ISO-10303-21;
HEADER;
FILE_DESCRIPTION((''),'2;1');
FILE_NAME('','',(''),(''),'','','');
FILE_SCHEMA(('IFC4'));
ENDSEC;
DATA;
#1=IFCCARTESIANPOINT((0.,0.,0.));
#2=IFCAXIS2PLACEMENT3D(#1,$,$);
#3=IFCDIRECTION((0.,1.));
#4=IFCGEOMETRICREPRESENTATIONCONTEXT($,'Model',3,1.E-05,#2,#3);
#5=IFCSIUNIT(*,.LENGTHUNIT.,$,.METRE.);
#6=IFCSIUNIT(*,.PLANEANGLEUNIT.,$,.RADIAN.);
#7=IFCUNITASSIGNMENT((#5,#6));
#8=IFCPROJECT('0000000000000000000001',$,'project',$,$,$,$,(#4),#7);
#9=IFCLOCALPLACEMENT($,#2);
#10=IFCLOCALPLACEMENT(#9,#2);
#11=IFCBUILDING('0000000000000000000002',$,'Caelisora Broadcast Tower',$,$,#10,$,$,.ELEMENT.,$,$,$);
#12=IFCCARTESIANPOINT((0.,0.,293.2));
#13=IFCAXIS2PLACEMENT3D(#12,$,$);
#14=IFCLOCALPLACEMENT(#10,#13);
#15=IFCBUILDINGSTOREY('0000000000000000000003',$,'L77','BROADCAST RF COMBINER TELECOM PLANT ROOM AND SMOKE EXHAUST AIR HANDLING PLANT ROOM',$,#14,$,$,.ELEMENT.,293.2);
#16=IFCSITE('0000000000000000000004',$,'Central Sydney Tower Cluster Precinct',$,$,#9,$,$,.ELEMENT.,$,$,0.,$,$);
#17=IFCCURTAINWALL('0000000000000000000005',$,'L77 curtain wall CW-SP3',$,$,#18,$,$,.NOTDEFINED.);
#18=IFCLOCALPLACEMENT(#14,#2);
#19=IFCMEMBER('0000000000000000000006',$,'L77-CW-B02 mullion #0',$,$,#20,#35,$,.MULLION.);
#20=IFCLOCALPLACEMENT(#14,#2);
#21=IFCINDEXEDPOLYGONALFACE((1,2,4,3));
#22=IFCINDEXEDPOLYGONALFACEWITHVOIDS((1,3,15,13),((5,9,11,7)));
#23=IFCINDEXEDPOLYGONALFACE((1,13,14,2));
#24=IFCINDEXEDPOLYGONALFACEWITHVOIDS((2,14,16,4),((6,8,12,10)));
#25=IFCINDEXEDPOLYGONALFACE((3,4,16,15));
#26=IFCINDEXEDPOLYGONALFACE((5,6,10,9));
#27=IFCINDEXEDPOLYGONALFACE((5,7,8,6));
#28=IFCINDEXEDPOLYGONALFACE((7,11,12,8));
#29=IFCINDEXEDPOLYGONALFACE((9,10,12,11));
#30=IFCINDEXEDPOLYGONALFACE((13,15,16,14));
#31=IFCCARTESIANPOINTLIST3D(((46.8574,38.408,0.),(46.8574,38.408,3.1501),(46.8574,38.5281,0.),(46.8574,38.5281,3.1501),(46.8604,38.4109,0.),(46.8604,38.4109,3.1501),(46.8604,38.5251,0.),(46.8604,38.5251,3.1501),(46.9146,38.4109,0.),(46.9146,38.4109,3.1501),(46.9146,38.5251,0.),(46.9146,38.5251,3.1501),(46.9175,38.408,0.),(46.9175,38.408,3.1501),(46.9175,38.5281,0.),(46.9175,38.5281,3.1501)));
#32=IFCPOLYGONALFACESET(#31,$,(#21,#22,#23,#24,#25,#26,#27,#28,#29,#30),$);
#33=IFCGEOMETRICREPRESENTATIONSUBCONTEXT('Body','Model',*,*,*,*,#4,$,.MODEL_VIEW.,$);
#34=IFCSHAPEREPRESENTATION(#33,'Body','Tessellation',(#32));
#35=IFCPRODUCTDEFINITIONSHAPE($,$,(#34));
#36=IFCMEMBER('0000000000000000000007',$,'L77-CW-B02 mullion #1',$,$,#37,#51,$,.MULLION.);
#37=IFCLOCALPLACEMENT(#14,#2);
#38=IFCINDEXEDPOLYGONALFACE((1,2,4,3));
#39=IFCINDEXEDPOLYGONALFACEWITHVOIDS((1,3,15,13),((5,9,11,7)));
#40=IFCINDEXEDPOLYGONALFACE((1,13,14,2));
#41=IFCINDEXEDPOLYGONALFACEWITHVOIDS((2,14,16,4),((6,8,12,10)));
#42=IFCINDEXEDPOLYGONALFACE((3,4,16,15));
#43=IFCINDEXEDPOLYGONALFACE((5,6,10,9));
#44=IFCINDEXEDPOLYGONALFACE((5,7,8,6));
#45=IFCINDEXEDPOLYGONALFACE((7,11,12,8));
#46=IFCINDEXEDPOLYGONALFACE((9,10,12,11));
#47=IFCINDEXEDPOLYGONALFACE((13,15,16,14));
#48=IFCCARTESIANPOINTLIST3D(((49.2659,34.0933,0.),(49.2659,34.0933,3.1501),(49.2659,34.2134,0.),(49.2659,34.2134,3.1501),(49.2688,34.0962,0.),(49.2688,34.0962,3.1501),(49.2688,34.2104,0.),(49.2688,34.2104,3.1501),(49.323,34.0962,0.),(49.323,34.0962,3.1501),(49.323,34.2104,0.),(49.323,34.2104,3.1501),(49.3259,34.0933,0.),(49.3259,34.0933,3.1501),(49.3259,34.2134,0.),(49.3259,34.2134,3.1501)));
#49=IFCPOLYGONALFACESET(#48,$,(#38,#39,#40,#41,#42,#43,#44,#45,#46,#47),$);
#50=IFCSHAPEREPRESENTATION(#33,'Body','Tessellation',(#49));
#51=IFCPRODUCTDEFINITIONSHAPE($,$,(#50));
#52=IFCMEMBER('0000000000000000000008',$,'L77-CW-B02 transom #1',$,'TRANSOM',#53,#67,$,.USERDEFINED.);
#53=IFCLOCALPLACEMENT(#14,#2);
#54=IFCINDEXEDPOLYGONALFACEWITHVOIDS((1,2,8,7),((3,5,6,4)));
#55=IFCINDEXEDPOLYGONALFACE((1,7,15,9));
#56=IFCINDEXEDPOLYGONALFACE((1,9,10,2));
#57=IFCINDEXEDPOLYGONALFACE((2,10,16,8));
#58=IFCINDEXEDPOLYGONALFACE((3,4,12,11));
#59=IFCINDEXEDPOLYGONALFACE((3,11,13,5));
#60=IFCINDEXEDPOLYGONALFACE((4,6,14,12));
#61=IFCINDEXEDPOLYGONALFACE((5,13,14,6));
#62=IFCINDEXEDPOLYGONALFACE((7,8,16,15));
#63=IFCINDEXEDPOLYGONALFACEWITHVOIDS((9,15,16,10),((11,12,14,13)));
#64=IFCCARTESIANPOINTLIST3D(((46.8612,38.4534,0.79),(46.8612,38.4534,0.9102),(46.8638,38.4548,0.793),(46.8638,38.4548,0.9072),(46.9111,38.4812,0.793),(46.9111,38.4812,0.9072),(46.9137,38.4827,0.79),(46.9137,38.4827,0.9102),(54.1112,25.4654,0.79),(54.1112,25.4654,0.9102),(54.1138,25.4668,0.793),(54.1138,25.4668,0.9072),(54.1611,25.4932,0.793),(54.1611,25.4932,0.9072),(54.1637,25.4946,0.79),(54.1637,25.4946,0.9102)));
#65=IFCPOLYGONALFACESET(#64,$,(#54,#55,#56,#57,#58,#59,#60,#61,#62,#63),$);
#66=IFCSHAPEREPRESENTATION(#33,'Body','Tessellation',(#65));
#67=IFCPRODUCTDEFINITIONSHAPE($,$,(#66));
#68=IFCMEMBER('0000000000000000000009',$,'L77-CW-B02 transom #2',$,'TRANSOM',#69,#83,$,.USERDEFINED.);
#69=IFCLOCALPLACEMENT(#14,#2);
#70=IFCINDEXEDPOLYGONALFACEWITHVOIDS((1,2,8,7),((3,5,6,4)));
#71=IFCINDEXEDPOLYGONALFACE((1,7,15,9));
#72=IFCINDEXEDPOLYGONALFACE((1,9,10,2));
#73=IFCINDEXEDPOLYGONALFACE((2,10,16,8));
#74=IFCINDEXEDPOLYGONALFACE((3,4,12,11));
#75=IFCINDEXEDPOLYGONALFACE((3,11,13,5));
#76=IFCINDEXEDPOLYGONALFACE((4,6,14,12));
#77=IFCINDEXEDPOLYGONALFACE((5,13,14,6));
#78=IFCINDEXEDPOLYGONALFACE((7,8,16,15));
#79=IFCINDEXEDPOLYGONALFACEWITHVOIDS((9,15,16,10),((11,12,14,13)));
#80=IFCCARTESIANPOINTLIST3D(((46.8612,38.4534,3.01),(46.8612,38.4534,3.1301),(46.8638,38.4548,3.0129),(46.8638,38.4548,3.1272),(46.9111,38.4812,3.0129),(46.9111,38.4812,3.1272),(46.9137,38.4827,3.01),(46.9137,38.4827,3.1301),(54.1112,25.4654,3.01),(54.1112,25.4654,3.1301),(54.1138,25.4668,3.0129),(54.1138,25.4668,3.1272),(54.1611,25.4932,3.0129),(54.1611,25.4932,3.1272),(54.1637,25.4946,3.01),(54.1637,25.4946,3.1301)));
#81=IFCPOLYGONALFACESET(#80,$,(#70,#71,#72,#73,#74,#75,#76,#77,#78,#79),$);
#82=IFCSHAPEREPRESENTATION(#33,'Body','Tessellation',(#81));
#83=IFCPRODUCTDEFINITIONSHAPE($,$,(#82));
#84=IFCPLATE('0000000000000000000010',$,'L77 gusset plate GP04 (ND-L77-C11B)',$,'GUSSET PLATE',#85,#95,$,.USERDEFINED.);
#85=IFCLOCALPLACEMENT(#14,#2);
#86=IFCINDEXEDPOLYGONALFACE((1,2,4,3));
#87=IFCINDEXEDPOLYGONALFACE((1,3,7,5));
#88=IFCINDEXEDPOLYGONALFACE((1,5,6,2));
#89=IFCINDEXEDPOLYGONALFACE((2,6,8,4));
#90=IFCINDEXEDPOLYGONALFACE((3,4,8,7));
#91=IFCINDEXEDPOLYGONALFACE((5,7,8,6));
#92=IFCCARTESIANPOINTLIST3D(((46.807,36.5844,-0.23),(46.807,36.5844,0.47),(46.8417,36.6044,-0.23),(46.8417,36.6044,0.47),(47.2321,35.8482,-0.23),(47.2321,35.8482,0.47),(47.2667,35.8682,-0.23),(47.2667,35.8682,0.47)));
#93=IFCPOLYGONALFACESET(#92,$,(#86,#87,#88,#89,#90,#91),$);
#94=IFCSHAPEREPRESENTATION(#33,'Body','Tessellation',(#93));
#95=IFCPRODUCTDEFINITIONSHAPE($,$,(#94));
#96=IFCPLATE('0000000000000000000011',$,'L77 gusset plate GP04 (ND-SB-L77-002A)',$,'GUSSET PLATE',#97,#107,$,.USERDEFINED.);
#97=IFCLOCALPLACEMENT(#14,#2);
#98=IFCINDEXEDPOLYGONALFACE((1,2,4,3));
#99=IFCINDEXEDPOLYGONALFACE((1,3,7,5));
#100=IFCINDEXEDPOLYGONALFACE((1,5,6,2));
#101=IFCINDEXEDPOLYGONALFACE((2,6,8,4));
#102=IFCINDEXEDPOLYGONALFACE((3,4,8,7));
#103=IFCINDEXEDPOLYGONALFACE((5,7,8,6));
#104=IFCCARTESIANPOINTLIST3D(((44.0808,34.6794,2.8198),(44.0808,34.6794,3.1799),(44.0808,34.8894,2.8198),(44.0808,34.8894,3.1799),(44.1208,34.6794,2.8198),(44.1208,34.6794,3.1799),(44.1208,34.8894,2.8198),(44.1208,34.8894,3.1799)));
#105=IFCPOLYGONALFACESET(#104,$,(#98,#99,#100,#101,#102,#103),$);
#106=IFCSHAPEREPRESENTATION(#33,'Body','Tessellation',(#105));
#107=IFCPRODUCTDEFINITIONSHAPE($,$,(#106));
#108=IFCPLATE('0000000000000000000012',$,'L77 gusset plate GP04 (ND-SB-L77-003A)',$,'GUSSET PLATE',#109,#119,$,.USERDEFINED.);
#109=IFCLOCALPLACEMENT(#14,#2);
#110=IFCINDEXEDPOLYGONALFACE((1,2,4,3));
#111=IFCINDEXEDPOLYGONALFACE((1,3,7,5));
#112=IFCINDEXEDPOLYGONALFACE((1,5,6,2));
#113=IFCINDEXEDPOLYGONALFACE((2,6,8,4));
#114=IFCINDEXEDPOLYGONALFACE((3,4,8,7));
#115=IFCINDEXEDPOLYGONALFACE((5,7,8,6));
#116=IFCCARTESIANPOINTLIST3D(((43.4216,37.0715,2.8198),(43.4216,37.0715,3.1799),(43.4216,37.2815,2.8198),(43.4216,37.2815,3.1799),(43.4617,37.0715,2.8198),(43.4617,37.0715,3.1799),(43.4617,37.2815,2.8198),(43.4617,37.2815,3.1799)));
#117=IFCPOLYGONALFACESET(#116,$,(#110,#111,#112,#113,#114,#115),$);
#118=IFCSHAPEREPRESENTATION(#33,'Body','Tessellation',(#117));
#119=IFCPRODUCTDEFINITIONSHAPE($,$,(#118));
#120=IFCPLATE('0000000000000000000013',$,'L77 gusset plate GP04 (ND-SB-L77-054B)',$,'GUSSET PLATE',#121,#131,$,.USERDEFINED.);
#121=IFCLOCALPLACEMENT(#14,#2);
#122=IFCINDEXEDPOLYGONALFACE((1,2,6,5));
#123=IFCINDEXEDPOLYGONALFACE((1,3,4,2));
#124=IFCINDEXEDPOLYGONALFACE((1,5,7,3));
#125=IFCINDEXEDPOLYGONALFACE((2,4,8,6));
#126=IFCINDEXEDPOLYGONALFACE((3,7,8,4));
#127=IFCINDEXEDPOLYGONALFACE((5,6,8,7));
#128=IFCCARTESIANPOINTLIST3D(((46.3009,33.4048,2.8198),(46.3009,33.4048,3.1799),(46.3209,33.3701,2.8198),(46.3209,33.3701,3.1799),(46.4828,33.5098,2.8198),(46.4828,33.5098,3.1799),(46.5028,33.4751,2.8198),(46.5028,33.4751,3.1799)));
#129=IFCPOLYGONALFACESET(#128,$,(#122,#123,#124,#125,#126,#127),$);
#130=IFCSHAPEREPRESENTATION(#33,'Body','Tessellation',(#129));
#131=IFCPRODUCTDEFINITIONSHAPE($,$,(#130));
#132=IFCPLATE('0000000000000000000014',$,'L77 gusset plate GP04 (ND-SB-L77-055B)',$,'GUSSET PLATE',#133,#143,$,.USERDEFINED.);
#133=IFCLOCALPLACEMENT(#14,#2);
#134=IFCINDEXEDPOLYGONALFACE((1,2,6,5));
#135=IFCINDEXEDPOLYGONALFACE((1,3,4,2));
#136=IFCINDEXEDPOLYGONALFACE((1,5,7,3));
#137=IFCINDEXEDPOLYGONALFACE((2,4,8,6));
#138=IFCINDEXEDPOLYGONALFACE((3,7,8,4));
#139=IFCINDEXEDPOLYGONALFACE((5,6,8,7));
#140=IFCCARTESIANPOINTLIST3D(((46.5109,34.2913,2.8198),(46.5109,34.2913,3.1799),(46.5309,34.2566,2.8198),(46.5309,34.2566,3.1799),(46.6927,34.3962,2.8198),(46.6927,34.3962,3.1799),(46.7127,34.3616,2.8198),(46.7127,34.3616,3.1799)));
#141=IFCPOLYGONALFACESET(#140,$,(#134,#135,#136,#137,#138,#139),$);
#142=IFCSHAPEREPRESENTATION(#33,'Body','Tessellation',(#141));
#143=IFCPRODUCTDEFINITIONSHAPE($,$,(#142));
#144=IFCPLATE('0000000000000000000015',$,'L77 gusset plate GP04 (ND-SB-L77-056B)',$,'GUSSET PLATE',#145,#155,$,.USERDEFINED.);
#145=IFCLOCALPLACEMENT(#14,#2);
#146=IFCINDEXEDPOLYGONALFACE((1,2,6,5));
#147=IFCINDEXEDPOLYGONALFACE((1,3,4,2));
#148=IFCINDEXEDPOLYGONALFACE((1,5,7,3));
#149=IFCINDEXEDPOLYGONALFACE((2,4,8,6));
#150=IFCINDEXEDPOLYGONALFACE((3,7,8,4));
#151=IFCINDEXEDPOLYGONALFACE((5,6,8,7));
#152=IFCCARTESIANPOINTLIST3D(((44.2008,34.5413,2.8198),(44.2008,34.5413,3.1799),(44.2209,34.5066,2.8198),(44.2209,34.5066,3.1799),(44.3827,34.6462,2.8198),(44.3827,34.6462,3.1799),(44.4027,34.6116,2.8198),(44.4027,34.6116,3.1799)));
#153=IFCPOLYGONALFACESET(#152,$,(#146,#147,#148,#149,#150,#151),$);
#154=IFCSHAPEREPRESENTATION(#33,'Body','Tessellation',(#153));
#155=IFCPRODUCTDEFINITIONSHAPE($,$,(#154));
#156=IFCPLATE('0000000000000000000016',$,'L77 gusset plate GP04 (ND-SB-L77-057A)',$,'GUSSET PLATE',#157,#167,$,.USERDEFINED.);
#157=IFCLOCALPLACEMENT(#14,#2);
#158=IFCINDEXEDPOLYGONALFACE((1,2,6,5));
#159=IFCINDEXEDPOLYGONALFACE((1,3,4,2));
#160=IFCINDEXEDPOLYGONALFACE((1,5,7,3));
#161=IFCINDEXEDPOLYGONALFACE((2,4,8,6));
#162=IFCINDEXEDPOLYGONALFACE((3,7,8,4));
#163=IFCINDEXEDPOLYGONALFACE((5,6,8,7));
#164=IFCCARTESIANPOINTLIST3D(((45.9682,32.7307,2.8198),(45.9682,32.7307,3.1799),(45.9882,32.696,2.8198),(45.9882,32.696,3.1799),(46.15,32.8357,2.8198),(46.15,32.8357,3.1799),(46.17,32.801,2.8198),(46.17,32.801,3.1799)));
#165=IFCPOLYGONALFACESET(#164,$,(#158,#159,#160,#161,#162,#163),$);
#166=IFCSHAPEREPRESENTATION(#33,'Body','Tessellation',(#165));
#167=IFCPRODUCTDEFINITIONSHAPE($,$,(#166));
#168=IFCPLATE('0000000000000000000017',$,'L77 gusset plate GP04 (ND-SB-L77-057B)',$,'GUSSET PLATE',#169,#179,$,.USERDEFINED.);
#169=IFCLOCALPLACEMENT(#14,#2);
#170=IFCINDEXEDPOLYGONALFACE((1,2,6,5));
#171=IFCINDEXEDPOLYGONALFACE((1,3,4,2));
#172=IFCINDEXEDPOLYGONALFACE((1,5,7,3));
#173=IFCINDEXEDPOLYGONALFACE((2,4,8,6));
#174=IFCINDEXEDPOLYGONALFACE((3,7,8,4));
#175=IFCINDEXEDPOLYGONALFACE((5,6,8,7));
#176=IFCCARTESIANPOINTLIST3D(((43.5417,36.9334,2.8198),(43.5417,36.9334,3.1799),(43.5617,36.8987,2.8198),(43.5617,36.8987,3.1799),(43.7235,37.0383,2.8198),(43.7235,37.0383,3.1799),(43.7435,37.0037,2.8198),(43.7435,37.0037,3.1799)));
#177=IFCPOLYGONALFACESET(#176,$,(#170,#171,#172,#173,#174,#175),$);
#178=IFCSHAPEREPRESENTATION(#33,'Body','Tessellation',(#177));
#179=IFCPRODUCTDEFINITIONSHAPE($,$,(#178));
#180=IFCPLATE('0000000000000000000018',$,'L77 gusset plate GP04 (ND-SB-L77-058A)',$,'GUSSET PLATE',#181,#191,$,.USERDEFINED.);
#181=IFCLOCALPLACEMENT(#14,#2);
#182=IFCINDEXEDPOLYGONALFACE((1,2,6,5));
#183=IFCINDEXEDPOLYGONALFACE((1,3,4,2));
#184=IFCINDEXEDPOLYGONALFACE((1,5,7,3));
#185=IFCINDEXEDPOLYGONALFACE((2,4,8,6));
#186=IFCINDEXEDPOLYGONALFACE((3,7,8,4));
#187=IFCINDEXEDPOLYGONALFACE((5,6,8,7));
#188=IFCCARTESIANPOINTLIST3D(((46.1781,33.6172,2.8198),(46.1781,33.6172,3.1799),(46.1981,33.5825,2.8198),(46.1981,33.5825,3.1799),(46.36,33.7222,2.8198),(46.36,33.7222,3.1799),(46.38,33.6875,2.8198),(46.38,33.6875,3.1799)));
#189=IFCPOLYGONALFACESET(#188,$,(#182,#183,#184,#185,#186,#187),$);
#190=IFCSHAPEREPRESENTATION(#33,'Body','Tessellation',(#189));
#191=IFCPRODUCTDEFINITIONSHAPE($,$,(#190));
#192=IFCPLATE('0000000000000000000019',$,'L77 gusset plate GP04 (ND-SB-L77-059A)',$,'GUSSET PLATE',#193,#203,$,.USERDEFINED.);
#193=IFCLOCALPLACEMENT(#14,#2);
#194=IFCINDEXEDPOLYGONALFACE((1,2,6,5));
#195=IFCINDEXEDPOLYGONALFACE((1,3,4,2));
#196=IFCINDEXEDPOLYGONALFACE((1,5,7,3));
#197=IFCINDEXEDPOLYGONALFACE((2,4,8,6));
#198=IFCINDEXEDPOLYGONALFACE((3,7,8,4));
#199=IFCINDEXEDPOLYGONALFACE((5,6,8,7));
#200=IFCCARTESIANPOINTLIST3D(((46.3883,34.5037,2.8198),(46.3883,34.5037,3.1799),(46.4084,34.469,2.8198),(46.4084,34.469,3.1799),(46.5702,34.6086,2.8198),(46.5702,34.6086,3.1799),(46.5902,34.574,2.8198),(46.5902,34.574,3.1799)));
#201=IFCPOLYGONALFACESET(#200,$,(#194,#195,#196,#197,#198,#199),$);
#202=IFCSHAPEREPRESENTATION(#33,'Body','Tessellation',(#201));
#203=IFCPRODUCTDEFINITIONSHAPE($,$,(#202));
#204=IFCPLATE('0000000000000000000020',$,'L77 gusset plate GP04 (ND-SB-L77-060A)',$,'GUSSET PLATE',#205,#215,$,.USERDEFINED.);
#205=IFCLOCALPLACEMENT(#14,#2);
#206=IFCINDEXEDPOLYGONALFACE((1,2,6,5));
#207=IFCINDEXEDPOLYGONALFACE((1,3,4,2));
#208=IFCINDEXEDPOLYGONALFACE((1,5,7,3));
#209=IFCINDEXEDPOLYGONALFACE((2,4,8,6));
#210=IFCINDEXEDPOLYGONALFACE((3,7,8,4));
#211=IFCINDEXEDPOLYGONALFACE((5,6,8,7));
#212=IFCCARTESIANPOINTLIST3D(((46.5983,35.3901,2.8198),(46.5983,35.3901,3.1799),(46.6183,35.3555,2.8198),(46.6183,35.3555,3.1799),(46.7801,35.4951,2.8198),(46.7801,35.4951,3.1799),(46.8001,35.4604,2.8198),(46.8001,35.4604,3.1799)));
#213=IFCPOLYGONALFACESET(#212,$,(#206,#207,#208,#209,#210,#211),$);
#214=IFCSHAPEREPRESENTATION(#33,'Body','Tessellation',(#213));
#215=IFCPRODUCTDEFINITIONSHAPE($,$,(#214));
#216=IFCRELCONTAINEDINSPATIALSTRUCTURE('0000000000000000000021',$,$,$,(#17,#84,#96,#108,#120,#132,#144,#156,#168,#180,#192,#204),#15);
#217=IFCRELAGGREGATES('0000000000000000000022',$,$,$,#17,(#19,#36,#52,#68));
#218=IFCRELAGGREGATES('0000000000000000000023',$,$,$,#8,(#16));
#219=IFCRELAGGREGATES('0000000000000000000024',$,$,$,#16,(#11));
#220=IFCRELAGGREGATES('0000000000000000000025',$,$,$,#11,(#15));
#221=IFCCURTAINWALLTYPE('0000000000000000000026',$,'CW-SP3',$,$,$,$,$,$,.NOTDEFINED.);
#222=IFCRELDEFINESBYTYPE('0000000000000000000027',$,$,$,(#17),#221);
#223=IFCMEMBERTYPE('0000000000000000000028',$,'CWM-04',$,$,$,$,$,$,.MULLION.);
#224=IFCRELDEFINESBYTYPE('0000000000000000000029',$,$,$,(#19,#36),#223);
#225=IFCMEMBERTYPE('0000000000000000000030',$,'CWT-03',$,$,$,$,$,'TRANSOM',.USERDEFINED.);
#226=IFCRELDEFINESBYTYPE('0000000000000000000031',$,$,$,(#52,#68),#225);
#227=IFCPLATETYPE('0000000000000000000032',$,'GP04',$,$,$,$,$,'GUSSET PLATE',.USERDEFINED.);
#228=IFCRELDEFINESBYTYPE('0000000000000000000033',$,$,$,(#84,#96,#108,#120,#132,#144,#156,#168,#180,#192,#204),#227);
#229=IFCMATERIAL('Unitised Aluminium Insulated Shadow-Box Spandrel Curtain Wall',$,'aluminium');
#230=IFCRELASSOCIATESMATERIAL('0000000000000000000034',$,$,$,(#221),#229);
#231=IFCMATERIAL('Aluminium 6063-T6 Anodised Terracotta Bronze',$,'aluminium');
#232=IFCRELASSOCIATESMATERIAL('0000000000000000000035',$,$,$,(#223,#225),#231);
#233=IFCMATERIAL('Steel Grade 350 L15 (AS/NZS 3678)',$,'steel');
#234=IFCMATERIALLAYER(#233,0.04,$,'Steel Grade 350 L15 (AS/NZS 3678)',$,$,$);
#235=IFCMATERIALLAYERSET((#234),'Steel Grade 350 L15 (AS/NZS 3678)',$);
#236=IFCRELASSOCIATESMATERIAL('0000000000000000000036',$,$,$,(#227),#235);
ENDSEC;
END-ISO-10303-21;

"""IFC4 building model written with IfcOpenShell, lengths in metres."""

from ifc_helpers import new_model, si_unit, direction, frame, origin, origin_2d, place, context, subcontext, project, spatial, rectangle, hollow_rectangle, extrude, source, transform, mapped, material, layer, layer_set, material_profile, profile_set, type_object, type_shapes, element, aggregate, save


model = new_model("IFC4")

# Units and contexts
model_context = context("Model", 3, precision=1e-05, world=origin(), true_north=direction((0.0, 1.0)))
body_context = subcontext(model_context, "Body", "Model", "MODEL_VIEW")
ifc_project = project(units=[si_unit("LENGTHUNIT", "METRE"), si_unit("PLANEANGLEUNIT", "RADIAN")], contexts=[model_context])

# Site, building, storey
site_placement = place(None, origin())
site = spatial("IfcSite", under=ifc_project, at=site_placement, Name="Central Sydney Tower Cluster Precinct", CompositionType="ELEMENT", RefElevation=0.0)
building_placement = place(site_placement, origin())
building = spatial("IfcBuilding", under=site, at=building_placement, Name="Caelisora Broadcast Tower", CompositionType="ELEMENT")
storey_placement = place(building_placement, frame((0.0, 0.0, 293.2)))
storey = spatial("IfcBuildingStorey", under=building, at=storey_placement, Name="L77", Description="BROADCAST RF COMBINER TELECOM PLANT ROOM AND SMOKE EXHAUST AIR HANDLING PLANT ROOM", CompositionType="ELEMENT", Elevation=293.2)

# Shared definitions
ifc_material_1 = material(Name="Unitised Aluminium Insulated Shadow-Box Spandrel Curtain Wall", Category="aluminium")
curtain_wall_type = type_object("IfcCurtainWallType", Name="CW-SP3", PredefinedType="NOTDEFINED", material=ifc_material_1)
ifc_material_2 = material(Name="Aluminium 6063-T6 Anodised Terracotta Bronze", Category="aluminium")
ifc_material_profile_1 = material_profile(ifc_material_2, hollow_rectangle(XDim=0.0601, YDim=0.1201, WallThickness=0.0029, at=origin_2d()), Name="Aluminium 6063-T6 Anodised Terracotta Bronze")
ifc_profile_set_1 = profile_set([ifc_material_profile_1], Name="Aluminium 6063-T6 Anodised Terracotta Bronze")
member_type_1 = type_object("IfcMemberType", Name="CWM-04", PredefinedType="MULLION", material=ifc_profile_set_1)
shared_shape_1 = source(origin(), body_context, "Body", "SweptSolid", [
    extrude(hollow_rectangle(XDim=0.0601, YDim=0.1201, WallThickness=0.0029, at=origin_2d()), origin(), (0.0, 0.0, 1.0), 3.1501),
])
type_shapes(member_type_1, [shared_shape_1])

# Curtain wall, members
curtain_wall_1_placement = place(storey_placement, origin())
curtain_wall_1 = element("IfcCurtainWall", 1, at=curtain_wall_1_placement, inside=storey, type_object=curtain_wall_type, Name="L77 curtain wall CW-SP3", PredefinedType="NOTDEFINED")
member_1_placement = place(storey_placement, frame((46.8875, 38.468, 0.0), z_axis=(0.0, 0.0, 1.0), x_axis=(1.0, 0.0, 0.0)))
member_1 = element("IfcMember", 2, at=member_1_placement, type_object=member_type_1, Name="L77-CW-B02 mullion #0", PredefinedType="MULLION", context=body_context, shape_type="MappedRepresentation", body=[
    mapped(shared_shape_1, transform((0.0, 0.0, 0.0), scale=1.0)),
])
member_2_placement = place(storey_placement, frame((49.2959, 34.1533, 0.0), z_axis=(0.0, 0.0, 1.0), x_axis=(1.0, 0.0, 0.0)))
member_2 = element("IfcMember", 3, at=member_2_placement, type_object=member_type_1, Name="L77-CW-B02 mullion #1", PredefinedType="MULLION", context=body_context, shape_type="MappedRepresentation", body=[
    mapped(shared_shape_1, transform((0.0, 0.0, 0.0), scale=1.0)),
])
ifc_material_profile_2 = material_profile(ifc_material_2, hollow_rectangle(XDim=0.0601, YDim=0.1201, WallThickness=0.0029, at=origin_2d()), Name="Aluminium 6063-T6 Anodised Terracotta Bronze")
ifc_profile_set_2 = profile_set([ifc_material_profile_2], Name="Aluminium 6063-T6 Anodised Terracotta Bronze")
member_type_2 = type_object("IfcMemberType", Name="CWT-03", ElementType="TRANSOM", PredefinedType="USERDEFINED", material=ifc_profile_set_2)
shared_shape_2 = source(origin(), body_context, "Body", "SweptSolid", [
    extrude(hollow_rectangle(XDim=0.0601, YDim=0.1201, WallThickness=0.0029, at=origin_2d()), origin(), (0.0, 0.0, 1.0), 14.8745),
])
type_shapes(member_type_2, [shared_shape_2])
member_3_placement = place(storey_placement, frame((46.8875, 38.468, 0.8501), z_axis=(0.48741, -0.873173, 0.0), x_axis=(0.873173, 0.48741, 0.0)))
member_3 = element("IfcMember", 4, at=member_3_placement, type_object=member_type_2, Name="L77-CW-B02 transom #1", ObjectType="TRANSOM", PredefinedType="USERDEFINED", context=body_context, shape_type="MappedRepresentation", body=[
    mapped(shared_shape_2, transform((0.0, 0.0, 0.0), scale=1.0)),
])
member_4_placement = place(storey_placement, frame((46.8875, 38.468, 3.0701), z_axis=(0.48741, -0.873173, 0.0), x_axis=(0.873173, 0.48741, 0.0)))
member_4 = element("IfcMember", 5, at=member_4_placement, type_object=member_type_2, Name="L77-CW-B02 transom #2", ObjectType="TRANSOM", PredefinedType="USERDEFINED", context=body_context, shape_type="MappedRepresentation", body=[
    mapped(shared_shape_2, transform((0.0, 0.0, 0.0), scale=1.0)),
])

# Plates
ifc_material_3 = material(Name="Steel Grade 350 L15 (AS/NZS 3678)", Category="steel")
ifc_layer_1 = layer(ifc_material_3, 0.04, Name="Steel Grade 350 L15 (AS/NZS 3678)")
ifc_layer_set_1 = layer_set([ifc_layer_1], Name="Steel Grade 350 L15 (AS/NZS 3678)")
plate_type_1 = type_object("IfcPlateType", Name="GP04", ElementType="GUSSET PLATE", PredefinedType="USERDEFINED", material=ifc_layer_set_1)
shared_shape_3 = source(origin(), body_context, "Body", "SweptSolid", [
    extrude(rectangle(XDim=0.8501, YDim=0.04, at=origin_2d()), origin(), (0.0, 0.0, 1.0), 0.7),
])
plate_1_placement = place(storey_placement, frame((47.0369, 36.2263, -0.23), z_axis=(0.0, 0.0, 1.0), x_axis=(-0.5, 0.866025, 0.0)))
element("IfcPlate", 6, at=plate_1_placement, inside=storey, type_object=plate_type_1, Name="L77 gusset plate GP04 (ND-L77-C11B)", ObjectType="GUSSET PLATE", PredefinedType="USERDEFINED", context=body_context, shape_type="MappedRepresentation", body=[
    mapped(shared_shape_3, transform((0.0, 0.0, 0.0), scale=1.0)),
])
shared_shape_4 = source(origin(), body_context, "Body", "SweptSolid", [
    extrude(rectangle(XDim=0.21, YDim=0.04, at=origin_2d()), origin(), (0.0, 0.0, 1.0), 0.3601),
])
type_shapes(plate_type_1, [shared_shape_3, shared_shape_4])
for number, where, z_axis, x_axis, name in (
    (7, (44.1008, 34.7844, 2.8198), (0.0, 0.0, 1.0), (0.0, -1.0, 0.0), "L77 gusset plate GP04 (ND-SB-L77-002A)"),
    (8, (43.4417, 37.1765, 2.8198), (0.0, 0.0, 1.0), (0.0, -1.0, 0.0), "L77 gusset plate GP04 (ND-SB-L77-003A)"),
    (9, (46.4019, 33.4399, 2.8198), (0.0, 0.0, 1.0), (-0.866025, -0.5, 0.0), "L77 gusset plate GP04 (ND-SB-L77-054B)"),
    (10, (46.6118, 34.3264, 2.8198), (0.0, 0.0, 1.0), (-0.866025, -0.5, 0.0), "L77 gusset plate GP04 (ND-SB-L77-055B)"),
    (11, (44.3018, 34.5764, 2.8198), (0.0, 0.0, 1.0), (-0.866025, -0.5, 0.0), "L77 gusset plate GP04 (ND-SB-L77-056B)"),
    (12, (46.0691, 32.7659, 2.8198), (0.0, 0.0, 1.0), (-0.866025, -0.5, 0.0), "L77 gusset plate GP04 (ND-SB-L77-057A)"),
    (13, (43.6426, 36.9685, 2.8198), (0.0, 0.0, 1.0), (-0.866025, -0.5, 0.0), "L77 gusset plate GP04 (ND-SB-L77-057B)"),
    (14, (46.2791, 33.6523, 2.8198), (0.0, 0.0, 1.0), (-0.866025, -0.5, 0.0), "L77 gusset plate GP04 (ND-SB-L77-058A)"),
    (15, (46.4893, 34.5388, 2.8198), (0.0, 0.0, 1.0), (-0.866025, -0.5, 0.0), "L77 gusset plate GP04 (ND-SB-L77-059A)"),
    (16, (46.6992, 35.4253, 2.8198), (0.0, 0.0, 1.0), (-0.866025, -0.5, 0.0), "L77 gusset plate GP04 (ND-SB-L77-060A)"),
):
    element("IfcPlate", number, at=place(storey_placement, frame(where, z_axis=z_axis, x_axis=x_axis)), inside=storey, type_object=plate_type_1, Name=name, ObjectType="GUSSET PLATE", PredefinedType="USERDEFINED", context=body_context, shape_type="MappedRepresentation", body=[
        mapped(shared_shape_4, transform((0.0, 0.0, 0.0), scale=1.0)),
    ])

aggregate(curtain_wall_1, [member_1, member_2, member_3, member_4])

save(model, "model.ifc")
